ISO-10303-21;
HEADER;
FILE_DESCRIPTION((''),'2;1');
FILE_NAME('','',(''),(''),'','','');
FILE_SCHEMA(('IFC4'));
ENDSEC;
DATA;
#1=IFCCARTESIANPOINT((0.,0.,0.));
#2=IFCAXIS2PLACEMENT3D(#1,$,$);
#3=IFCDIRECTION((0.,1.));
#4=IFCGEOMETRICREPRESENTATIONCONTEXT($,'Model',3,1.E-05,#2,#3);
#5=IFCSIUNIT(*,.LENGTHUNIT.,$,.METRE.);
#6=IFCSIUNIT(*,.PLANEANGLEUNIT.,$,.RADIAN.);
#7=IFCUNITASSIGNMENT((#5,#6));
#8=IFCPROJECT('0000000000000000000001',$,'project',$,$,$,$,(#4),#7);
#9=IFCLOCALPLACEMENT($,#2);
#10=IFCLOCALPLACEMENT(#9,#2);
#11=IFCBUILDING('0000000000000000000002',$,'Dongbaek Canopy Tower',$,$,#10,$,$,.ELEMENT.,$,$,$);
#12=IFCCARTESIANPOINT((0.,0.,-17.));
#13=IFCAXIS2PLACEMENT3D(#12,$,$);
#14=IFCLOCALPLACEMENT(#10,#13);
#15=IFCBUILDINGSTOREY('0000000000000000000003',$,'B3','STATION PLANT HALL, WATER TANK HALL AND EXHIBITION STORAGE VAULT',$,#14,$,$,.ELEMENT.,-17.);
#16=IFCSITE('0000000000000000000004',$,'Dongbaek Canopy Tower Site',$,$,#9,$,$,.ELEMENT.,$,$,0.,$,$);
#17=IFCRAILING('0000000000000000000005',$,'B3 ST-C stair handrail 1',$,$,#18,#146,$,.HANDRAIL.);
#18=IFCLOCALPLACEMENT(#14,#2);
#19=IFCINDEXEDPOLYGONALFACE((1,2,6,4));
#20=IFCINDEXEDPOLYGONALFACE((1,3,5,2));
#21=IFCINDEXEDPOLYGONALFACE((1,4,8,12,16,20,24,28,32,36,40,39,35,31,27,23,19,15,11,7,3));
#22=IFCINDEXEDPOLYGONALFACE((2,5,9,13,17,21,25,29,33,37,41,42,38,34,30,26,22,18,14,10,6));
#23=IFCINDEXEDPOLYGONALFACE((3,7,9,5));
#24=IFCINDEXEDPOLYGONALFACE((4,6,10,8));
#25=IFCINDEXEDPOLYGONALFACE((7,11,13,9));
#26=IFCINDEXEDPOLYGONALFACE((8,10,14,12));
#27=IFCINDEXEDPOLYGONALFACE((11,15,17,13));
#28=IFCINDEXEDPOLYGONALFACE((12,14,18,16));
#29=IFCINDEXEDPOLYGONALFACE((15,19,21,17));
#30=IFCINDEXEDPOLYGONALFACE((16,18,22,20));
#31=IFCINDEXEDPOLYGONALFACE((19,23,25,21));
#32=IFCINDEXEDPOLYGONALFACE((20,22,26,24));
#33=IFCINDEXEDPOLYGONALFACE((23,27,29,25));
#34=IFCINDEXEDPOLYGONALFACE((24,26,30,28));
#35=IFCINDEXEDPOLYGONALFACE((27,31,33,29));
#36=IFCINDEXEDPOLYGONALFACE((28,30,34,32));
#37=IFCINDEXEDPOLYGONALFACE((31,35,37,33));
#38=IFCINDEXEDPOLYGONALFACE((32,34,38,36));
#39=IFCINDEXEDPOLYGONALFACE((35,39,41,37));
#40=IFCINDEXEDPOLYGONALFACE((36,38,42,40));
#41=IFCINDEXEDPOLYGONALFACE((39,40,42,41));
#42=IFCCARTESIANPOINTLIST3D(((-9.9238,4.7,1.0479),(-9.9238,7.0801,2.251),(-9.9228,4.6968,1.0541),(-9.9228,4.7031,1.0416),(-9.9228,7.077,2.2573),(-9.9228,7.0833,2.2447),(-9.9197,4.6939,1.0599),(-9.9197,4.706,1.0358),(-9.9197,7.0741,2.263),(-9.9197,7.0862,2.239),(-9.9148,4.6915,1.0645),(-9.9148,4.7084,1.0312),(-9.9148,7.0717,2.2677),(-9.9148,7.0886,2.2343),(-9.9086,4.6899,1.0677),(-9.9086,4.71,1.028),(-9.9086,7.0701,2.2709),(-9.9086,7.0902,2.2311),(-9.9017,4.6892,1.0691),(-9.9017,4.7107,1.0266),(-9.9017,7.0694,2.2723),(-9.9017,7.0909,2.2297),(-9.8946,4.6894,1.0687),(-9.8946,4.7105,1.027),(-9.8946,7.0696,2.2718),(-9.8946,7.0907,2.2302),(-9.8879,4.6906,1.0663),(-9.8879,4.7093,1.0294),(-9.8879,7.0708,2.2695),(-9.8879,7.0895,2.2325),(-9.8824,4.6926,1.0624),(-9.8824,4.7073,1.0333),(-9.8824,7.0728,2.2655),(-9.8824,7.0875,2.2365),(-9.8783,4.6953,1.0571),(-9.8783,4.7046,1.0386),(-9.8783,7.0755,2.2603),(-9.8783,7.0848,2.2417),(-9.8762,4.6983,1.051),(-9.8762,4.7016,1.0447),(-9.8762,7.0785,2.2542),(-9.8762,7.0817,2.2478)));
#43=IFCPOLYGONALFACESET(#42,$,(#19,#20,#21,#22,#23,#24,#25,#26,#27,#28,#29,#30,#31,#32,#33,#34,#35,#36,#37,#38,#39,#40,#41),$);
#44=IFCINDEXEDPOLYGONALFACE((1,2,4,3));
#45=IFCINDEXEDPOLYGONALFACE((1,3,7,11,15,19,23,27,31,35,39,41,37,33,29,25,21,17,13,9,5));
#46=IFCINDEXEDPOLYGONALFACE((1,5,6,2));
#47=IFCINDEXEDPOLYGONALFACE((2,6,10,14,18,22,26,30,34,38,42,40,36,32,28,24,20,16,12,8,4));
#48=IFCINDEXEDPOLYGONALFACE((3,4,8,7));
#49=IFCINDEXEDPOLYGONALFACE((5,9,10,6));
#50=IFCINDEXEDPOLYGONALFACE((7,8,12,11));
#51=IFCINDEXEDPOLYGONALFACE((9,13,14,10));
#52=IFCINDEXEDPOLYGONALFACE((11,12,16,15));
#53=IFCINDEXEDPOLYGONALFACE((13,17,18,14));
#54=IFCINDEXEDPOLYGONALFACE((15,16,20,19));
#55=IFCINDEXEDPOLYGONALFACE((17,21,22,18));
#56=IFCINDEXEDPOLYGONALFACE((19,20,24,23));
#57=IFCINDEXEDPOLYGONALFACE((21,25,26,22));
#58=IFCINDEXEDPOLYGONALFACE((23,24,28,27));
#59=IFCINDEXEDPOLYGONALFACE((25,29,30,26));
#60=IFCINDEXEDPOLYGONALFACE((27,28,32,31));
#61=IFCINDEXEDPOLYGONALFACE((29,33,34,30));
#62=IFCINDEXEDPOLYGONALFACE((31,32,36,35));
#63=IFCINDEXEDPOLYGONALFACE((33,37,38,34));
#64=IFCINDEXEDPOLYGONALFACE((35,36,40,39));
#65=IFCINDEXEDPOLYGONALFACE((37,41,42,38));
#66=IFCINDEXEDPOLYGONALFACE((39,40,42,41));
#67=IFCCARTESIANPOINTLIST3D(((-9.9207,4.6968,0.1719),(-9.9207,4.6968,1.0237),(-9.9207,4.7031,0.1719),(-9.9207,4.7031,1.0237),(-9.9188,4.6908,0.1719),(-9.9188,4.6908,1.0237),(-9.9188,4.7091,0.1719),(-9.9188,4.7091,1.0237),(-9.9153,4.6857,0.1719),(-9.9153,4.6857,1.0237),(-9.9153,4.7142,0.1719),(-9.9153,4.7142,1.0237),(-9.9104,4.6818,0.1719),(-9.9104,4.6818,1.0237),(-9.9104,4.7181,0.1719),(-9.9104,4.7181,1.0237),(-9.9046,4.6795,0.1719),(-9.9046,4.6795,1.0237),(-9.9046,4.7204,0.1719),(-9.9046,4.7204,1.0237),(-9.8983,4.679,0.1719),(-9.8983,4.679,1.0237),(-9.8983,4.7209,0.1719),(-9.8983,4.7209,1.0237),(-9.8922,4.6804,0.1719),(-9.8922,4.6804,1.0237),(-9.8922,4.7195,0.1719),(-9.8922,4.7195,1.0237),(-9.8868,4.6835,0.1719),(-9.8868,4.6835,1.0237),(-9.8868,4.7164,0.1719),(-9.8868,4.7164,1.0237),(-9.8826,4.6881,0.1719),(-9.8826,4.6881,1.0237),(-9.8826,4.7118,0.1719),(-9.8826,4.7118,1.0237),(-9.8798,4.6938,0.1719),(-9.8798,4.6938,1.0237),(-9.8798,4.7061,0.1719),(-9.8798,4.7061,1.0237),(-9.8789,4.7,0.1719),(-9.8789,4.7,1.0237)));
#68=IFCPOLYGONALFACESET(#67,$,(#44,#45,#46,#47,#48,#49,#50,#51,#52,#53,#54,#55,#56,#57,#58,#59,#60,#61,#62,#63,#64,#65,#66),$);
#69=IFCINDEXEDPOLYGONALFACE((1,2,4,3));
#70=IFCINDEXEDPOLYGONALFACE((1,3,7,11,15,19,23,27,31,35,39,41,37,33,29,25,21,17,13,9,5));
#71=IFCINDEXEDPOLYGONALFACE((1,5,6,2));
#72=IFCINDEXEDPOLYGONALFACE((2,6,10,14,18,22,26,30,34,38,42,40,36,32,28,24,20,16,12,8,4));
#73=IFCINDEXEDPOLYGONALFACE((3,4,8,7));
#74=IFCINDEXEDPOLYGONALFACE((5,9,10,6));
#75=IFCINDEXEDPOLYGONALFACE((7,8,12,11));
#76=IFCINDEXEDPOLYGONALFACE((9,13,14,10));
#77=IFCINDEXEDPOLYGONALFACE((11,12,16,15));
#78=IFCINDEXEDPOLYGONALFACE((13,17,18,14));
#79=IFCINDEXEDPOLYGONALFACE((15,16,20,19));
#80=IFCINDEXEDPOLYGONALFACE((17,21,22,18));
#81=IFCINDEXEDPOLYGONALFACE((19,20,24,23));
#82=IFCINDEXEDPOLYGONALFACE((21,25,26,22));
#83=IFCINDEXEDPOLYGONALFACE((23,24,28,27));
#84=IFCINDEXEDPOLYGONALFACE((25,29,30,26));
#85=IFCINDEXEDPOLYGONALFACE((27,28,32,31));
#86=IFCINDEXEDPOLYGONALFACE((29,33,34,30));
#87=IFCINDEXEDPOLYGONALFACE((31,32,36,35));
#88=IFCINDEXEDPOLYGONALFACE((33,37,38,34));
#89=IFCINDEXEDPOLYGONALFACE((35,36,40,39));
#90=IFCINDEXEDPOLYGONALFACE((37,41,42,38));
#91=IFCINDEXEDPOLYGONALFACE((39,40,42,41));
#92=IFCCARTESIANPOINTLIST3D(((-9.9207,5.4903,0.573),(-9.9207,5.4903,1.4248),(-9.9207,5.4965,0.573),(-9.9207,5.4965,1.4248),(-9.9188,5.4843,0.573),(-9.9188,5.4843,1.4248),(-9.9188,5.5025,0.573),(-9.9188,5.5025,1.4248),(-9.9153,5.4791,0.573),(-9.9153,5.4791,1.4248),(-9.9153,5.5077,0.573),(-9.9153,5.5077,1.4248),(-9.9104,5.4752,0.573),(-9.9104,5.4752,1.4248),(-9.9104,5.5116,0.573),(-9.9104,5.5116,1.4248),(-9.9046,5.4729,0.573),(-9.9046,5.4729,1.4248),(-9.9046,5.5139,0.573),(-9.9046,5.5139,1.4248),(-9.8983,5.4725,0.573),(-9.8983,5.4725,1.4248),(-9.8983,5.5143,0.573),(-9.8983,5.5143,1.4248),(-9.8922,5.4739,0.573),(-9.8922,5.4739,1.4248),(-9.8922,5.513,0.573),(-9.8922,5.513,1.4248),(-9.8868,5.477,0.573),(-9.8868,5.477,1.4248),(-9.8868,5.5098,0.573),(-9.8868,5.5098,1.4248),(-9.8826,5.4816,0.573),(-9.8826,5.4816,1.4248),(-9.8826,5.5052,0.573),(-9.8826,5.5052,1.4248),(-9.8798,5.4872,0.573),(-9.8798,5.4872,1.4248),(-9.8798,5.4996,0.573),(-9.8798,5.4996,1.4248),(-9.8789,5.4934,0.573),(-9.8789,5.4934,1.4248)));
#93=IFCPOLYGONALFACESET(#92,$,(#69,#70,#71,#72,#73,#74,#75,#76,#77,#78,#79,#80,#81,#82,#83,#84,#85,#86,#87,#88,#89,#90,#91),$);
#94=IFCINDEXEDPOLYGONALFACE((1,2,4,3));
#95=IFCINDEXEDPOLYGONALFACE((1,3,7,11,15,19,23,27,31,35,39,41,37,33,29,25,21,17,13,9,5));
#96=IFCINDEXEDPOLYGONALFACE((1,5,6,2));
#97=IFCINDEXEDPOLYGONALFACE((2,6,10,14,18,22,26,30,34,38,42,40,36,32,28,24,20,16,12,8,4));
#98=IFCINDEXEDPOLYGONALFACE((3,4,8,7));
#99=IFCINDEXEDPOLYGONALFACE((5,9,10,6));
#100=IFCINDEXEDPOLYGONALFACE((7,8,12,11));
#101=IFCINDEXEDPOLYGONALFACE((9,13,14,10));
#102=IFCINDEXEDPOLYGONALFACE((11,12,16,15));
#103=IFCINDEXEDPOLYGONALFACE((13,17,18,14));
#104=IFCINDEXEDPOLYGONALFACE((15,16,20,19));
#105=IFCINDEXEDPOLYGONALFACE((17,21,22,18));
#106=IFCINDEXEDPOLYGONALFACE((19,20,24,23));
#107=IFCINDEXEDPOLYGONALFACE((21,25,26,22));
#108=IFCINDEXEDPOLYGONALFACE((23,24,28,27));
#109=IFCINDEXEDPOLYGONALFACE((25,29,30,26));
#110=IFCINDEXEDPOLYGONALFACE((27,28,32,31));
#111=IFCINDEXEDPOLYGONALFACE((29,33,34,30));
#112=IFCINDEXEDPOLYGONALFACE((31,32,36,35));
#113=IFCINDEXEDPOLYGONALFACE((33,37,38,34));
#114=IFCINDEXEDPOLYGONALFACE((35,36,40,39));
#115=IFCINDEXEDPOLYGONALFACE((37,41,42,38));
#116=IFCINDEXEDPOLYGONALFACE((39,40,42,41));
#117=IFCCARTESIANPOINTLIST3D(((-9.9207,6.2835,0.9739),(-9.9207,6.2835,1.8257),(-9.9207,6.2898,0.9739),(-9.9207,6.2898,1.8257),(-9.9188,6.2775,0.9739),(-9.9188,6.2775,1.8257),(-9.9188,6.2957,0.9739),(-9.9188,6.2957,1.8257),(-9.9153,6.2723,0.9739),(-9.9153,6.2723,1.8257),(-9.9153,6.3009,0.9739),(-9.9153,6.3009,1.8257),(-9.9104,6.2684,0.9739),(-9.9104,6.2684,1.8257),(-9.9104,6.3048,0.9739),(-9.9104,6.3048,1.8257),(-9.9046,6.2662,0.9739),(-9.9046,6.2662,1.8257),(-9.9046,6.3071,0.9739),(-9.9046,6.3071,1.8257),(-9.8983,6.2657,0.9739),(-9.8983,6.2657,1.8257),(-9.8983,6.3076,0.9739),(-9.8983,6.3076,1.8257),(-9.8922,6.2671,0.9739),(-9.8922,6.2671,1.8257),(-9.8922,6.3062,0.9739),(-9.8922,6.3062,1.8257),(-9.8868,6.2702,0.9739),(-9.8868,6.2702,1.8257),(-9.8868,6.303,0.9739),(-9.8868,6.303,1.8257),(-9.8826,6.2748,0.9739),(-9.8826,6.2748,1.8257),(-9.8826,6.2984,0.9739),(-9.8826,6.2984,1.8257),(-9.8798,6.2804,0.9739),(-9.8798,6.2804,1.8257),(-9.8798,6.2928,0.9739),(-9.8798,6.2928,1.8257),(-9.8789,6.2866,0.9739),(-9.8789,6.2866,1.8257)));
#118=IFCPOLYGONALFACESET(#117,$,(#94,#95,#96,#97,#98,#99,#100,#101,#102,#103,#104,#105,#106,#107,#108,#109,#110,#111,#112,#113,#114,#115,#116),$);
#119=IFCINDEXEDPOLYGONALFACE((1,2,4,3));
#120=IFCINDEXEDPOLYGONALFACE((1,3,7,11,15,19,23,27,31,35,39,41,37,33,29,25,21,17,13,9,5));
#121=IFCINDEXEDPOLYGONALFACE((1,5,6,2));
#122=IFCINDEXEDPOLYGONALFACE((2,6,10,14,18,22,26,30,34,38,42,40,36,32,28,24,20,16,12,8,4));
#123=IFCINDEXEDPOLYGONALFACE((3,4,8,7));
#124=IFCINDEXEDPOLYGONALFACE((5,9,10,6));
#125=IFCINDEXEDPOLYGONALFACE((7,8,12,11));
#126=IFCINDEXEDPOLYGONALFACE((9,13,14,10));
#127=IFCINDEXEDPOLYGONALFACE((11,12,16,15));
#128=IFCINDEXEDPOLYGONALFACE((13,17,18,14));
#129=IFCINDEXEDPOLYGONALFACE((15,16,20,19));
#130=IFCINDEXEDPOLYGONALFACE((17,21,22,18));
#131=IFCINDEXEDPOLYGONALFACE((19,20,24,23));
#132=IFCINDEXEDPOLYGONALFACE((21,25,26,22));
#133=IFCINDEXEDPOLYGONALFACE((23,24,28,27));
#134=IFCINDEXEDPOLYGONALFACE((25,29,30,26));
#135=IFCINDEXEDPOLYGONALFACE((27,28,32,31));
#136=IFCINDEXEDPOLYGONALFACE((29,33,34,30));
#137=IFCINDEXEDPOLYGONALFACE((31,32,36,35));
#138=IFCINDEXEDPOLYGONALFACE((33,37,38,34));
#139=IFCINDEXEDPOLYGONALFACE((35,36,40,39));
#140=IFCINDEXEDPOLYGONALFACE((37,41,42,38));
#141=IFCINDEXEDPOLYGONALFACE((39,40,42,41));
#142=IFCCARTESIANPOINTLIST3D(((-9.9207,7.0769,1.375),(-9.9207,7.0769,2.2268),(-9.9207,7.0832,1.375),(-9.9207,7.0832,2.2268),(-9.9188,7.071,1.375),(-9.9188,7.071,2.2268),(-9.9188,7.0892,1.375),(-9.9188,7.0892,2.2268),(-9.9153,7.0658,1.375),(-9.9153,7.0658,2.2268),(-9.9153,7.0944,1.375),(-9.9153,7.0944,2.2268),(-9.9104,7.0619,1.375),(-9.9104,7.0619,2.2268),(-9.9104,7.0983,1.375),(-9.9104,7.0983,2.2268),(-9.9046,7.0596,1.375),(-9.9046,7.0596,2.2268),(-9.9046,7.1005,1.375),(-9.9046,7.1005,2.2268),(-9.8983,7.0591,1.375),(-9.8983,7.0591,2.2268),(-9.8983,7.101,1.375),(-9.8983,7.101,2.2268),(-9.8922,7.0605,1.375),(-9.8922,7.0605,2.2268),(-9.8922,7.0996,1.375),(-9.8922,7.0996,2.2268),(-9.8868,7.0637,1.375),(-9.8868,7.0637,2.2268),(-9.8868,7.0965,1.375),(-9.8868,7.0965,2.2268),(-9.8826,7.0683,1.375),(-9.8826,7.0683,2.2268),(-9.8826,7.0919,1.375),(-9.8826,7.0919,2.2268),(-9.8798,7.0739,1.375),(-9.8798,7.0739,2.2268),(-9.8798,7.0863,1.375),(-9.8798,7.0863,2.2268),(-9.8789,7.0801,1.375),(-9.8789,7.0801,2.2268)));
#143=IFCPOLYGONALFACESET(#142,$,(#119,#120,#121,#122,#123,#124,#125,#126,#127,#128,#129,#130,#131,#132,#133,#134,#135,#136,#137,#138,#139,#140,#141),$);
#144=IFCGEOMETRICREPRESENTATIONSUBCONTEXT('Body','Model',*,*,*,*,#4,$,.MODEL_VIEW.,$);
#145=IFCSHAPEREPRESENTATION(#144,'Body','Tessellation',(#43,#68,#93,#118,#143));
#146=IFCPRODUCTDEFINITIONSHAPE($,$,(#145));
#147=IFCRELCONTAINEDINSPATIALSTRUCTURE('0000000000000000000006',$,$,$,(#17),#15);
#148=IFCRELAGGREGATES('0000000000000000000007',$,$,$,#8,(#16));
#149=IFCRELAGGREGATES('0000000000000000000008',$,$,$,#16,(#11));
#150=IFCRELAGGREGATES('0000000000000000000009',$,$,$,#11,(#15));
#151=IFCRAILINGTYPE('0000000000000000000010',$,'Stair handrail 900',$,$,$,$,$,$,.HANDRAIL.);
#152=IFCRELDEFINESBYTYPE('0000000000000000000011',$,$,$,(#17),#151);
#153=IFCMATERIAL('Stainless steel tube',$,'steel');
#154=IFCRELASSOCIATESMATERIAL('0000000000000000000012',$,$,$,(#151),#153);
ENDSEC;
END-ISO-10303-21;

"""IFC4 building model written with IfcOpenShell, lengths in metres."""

from ifc_helpers import new_model, si_unit, direction, frame, origin, origin_2d, place, context, subcontext, project, spatial, circle, extrude, material, type_object, element, save


model = new_model("IFC4")

# Units and contexts
model_context = context("Model", 3, precision=1e-05, world=origin(), true_north=direction((0.0, 1.0)))
body_context = subcontext(model_context, "Body", "Model", "MODEL_VIEW")
ifc_project = project(units=[si_unit("LENGTHUNIT", "METRE"), si_unit("PLANEANGLEUNIT", "RADIAN")], contexts=[model_context])

# Site, building, storey
site_placement = place(None, origin())
site = spatial("IfcSite", under=ifc_project, at=site_placement, Name="Dongbaek Canopy Tower Site", CompositionType="ELEMENT", RefElevation=0.0)
building_placement = place(site_placement, origin())
building = spatial("IfcBuilding", under=site, at=building_placement, Name="Dongbaek Canopy Tower", CompositionType="ELEMENT")
storey_placement = place(building_placement, frame((0.0, 0.0, -17.0)))
storey = spatial("IfcBuildingStorey", under=building, at=storey_placement, Name="B3", Description="STATION PLANT HALL, WATER TANK HALL AND EXHIBITION STORAGE VAULT", CompositionType="ELEMENT", Elevation=-17.0)

# Railing
ifc_material_1 = material(Name="Stainless steel tube", Category="steel")
railing_type_1 = type_object("IfcRailingType", Name="Stair handrail 900", PredefinedType="HANDRAIL", material=ifc_material_1)
for number, where, name in (
    (1, (-9.8999, 4.7, 0.1719), "B3 ST-C stair handrail 1"),
):
    element("IfcRailing", number, at=place(storey_placement, frame(where)), inside=storey, type_object=railing_type_1, Name=name, PredefinedType="HANDRAIL", context=body_context, shape_type="SweptSolid", body=[
        extrude(circle(Radius=0.0239, at=origin_2d()), frame((0.0, 0.0, 0.876), z_axis=(0.0, 0.89246, 0.451127), x_axis=(-1.0, 0.0, 0.0)), (0.0, 0.0, 1.0), 2.667),
        extrude(circle(Radius=0.021, at=origin_2d()), origin(), (0.0, 0.0, 1.0), 0.8518),
        extrude(circle(Radius=0.021, at=origin_2d()), frame((0.0, 0.7935, 0.4011)), (0.0, 0.0, 1.0), 0.8518),
        extrude(circle(Radius=0.021, at=origin_2d()), frame((0.0, 1.5867, 0.802)), (0.0, 0.0, 1.0), 0.8518),
        extrude(circle(Radius=0.021, at=origin_2d()), frame((0.0, 2.3801, 1.2031)), (0.0, 0.0, 1.0), 0.8518),
    ])

save(model, "model.ifc")
